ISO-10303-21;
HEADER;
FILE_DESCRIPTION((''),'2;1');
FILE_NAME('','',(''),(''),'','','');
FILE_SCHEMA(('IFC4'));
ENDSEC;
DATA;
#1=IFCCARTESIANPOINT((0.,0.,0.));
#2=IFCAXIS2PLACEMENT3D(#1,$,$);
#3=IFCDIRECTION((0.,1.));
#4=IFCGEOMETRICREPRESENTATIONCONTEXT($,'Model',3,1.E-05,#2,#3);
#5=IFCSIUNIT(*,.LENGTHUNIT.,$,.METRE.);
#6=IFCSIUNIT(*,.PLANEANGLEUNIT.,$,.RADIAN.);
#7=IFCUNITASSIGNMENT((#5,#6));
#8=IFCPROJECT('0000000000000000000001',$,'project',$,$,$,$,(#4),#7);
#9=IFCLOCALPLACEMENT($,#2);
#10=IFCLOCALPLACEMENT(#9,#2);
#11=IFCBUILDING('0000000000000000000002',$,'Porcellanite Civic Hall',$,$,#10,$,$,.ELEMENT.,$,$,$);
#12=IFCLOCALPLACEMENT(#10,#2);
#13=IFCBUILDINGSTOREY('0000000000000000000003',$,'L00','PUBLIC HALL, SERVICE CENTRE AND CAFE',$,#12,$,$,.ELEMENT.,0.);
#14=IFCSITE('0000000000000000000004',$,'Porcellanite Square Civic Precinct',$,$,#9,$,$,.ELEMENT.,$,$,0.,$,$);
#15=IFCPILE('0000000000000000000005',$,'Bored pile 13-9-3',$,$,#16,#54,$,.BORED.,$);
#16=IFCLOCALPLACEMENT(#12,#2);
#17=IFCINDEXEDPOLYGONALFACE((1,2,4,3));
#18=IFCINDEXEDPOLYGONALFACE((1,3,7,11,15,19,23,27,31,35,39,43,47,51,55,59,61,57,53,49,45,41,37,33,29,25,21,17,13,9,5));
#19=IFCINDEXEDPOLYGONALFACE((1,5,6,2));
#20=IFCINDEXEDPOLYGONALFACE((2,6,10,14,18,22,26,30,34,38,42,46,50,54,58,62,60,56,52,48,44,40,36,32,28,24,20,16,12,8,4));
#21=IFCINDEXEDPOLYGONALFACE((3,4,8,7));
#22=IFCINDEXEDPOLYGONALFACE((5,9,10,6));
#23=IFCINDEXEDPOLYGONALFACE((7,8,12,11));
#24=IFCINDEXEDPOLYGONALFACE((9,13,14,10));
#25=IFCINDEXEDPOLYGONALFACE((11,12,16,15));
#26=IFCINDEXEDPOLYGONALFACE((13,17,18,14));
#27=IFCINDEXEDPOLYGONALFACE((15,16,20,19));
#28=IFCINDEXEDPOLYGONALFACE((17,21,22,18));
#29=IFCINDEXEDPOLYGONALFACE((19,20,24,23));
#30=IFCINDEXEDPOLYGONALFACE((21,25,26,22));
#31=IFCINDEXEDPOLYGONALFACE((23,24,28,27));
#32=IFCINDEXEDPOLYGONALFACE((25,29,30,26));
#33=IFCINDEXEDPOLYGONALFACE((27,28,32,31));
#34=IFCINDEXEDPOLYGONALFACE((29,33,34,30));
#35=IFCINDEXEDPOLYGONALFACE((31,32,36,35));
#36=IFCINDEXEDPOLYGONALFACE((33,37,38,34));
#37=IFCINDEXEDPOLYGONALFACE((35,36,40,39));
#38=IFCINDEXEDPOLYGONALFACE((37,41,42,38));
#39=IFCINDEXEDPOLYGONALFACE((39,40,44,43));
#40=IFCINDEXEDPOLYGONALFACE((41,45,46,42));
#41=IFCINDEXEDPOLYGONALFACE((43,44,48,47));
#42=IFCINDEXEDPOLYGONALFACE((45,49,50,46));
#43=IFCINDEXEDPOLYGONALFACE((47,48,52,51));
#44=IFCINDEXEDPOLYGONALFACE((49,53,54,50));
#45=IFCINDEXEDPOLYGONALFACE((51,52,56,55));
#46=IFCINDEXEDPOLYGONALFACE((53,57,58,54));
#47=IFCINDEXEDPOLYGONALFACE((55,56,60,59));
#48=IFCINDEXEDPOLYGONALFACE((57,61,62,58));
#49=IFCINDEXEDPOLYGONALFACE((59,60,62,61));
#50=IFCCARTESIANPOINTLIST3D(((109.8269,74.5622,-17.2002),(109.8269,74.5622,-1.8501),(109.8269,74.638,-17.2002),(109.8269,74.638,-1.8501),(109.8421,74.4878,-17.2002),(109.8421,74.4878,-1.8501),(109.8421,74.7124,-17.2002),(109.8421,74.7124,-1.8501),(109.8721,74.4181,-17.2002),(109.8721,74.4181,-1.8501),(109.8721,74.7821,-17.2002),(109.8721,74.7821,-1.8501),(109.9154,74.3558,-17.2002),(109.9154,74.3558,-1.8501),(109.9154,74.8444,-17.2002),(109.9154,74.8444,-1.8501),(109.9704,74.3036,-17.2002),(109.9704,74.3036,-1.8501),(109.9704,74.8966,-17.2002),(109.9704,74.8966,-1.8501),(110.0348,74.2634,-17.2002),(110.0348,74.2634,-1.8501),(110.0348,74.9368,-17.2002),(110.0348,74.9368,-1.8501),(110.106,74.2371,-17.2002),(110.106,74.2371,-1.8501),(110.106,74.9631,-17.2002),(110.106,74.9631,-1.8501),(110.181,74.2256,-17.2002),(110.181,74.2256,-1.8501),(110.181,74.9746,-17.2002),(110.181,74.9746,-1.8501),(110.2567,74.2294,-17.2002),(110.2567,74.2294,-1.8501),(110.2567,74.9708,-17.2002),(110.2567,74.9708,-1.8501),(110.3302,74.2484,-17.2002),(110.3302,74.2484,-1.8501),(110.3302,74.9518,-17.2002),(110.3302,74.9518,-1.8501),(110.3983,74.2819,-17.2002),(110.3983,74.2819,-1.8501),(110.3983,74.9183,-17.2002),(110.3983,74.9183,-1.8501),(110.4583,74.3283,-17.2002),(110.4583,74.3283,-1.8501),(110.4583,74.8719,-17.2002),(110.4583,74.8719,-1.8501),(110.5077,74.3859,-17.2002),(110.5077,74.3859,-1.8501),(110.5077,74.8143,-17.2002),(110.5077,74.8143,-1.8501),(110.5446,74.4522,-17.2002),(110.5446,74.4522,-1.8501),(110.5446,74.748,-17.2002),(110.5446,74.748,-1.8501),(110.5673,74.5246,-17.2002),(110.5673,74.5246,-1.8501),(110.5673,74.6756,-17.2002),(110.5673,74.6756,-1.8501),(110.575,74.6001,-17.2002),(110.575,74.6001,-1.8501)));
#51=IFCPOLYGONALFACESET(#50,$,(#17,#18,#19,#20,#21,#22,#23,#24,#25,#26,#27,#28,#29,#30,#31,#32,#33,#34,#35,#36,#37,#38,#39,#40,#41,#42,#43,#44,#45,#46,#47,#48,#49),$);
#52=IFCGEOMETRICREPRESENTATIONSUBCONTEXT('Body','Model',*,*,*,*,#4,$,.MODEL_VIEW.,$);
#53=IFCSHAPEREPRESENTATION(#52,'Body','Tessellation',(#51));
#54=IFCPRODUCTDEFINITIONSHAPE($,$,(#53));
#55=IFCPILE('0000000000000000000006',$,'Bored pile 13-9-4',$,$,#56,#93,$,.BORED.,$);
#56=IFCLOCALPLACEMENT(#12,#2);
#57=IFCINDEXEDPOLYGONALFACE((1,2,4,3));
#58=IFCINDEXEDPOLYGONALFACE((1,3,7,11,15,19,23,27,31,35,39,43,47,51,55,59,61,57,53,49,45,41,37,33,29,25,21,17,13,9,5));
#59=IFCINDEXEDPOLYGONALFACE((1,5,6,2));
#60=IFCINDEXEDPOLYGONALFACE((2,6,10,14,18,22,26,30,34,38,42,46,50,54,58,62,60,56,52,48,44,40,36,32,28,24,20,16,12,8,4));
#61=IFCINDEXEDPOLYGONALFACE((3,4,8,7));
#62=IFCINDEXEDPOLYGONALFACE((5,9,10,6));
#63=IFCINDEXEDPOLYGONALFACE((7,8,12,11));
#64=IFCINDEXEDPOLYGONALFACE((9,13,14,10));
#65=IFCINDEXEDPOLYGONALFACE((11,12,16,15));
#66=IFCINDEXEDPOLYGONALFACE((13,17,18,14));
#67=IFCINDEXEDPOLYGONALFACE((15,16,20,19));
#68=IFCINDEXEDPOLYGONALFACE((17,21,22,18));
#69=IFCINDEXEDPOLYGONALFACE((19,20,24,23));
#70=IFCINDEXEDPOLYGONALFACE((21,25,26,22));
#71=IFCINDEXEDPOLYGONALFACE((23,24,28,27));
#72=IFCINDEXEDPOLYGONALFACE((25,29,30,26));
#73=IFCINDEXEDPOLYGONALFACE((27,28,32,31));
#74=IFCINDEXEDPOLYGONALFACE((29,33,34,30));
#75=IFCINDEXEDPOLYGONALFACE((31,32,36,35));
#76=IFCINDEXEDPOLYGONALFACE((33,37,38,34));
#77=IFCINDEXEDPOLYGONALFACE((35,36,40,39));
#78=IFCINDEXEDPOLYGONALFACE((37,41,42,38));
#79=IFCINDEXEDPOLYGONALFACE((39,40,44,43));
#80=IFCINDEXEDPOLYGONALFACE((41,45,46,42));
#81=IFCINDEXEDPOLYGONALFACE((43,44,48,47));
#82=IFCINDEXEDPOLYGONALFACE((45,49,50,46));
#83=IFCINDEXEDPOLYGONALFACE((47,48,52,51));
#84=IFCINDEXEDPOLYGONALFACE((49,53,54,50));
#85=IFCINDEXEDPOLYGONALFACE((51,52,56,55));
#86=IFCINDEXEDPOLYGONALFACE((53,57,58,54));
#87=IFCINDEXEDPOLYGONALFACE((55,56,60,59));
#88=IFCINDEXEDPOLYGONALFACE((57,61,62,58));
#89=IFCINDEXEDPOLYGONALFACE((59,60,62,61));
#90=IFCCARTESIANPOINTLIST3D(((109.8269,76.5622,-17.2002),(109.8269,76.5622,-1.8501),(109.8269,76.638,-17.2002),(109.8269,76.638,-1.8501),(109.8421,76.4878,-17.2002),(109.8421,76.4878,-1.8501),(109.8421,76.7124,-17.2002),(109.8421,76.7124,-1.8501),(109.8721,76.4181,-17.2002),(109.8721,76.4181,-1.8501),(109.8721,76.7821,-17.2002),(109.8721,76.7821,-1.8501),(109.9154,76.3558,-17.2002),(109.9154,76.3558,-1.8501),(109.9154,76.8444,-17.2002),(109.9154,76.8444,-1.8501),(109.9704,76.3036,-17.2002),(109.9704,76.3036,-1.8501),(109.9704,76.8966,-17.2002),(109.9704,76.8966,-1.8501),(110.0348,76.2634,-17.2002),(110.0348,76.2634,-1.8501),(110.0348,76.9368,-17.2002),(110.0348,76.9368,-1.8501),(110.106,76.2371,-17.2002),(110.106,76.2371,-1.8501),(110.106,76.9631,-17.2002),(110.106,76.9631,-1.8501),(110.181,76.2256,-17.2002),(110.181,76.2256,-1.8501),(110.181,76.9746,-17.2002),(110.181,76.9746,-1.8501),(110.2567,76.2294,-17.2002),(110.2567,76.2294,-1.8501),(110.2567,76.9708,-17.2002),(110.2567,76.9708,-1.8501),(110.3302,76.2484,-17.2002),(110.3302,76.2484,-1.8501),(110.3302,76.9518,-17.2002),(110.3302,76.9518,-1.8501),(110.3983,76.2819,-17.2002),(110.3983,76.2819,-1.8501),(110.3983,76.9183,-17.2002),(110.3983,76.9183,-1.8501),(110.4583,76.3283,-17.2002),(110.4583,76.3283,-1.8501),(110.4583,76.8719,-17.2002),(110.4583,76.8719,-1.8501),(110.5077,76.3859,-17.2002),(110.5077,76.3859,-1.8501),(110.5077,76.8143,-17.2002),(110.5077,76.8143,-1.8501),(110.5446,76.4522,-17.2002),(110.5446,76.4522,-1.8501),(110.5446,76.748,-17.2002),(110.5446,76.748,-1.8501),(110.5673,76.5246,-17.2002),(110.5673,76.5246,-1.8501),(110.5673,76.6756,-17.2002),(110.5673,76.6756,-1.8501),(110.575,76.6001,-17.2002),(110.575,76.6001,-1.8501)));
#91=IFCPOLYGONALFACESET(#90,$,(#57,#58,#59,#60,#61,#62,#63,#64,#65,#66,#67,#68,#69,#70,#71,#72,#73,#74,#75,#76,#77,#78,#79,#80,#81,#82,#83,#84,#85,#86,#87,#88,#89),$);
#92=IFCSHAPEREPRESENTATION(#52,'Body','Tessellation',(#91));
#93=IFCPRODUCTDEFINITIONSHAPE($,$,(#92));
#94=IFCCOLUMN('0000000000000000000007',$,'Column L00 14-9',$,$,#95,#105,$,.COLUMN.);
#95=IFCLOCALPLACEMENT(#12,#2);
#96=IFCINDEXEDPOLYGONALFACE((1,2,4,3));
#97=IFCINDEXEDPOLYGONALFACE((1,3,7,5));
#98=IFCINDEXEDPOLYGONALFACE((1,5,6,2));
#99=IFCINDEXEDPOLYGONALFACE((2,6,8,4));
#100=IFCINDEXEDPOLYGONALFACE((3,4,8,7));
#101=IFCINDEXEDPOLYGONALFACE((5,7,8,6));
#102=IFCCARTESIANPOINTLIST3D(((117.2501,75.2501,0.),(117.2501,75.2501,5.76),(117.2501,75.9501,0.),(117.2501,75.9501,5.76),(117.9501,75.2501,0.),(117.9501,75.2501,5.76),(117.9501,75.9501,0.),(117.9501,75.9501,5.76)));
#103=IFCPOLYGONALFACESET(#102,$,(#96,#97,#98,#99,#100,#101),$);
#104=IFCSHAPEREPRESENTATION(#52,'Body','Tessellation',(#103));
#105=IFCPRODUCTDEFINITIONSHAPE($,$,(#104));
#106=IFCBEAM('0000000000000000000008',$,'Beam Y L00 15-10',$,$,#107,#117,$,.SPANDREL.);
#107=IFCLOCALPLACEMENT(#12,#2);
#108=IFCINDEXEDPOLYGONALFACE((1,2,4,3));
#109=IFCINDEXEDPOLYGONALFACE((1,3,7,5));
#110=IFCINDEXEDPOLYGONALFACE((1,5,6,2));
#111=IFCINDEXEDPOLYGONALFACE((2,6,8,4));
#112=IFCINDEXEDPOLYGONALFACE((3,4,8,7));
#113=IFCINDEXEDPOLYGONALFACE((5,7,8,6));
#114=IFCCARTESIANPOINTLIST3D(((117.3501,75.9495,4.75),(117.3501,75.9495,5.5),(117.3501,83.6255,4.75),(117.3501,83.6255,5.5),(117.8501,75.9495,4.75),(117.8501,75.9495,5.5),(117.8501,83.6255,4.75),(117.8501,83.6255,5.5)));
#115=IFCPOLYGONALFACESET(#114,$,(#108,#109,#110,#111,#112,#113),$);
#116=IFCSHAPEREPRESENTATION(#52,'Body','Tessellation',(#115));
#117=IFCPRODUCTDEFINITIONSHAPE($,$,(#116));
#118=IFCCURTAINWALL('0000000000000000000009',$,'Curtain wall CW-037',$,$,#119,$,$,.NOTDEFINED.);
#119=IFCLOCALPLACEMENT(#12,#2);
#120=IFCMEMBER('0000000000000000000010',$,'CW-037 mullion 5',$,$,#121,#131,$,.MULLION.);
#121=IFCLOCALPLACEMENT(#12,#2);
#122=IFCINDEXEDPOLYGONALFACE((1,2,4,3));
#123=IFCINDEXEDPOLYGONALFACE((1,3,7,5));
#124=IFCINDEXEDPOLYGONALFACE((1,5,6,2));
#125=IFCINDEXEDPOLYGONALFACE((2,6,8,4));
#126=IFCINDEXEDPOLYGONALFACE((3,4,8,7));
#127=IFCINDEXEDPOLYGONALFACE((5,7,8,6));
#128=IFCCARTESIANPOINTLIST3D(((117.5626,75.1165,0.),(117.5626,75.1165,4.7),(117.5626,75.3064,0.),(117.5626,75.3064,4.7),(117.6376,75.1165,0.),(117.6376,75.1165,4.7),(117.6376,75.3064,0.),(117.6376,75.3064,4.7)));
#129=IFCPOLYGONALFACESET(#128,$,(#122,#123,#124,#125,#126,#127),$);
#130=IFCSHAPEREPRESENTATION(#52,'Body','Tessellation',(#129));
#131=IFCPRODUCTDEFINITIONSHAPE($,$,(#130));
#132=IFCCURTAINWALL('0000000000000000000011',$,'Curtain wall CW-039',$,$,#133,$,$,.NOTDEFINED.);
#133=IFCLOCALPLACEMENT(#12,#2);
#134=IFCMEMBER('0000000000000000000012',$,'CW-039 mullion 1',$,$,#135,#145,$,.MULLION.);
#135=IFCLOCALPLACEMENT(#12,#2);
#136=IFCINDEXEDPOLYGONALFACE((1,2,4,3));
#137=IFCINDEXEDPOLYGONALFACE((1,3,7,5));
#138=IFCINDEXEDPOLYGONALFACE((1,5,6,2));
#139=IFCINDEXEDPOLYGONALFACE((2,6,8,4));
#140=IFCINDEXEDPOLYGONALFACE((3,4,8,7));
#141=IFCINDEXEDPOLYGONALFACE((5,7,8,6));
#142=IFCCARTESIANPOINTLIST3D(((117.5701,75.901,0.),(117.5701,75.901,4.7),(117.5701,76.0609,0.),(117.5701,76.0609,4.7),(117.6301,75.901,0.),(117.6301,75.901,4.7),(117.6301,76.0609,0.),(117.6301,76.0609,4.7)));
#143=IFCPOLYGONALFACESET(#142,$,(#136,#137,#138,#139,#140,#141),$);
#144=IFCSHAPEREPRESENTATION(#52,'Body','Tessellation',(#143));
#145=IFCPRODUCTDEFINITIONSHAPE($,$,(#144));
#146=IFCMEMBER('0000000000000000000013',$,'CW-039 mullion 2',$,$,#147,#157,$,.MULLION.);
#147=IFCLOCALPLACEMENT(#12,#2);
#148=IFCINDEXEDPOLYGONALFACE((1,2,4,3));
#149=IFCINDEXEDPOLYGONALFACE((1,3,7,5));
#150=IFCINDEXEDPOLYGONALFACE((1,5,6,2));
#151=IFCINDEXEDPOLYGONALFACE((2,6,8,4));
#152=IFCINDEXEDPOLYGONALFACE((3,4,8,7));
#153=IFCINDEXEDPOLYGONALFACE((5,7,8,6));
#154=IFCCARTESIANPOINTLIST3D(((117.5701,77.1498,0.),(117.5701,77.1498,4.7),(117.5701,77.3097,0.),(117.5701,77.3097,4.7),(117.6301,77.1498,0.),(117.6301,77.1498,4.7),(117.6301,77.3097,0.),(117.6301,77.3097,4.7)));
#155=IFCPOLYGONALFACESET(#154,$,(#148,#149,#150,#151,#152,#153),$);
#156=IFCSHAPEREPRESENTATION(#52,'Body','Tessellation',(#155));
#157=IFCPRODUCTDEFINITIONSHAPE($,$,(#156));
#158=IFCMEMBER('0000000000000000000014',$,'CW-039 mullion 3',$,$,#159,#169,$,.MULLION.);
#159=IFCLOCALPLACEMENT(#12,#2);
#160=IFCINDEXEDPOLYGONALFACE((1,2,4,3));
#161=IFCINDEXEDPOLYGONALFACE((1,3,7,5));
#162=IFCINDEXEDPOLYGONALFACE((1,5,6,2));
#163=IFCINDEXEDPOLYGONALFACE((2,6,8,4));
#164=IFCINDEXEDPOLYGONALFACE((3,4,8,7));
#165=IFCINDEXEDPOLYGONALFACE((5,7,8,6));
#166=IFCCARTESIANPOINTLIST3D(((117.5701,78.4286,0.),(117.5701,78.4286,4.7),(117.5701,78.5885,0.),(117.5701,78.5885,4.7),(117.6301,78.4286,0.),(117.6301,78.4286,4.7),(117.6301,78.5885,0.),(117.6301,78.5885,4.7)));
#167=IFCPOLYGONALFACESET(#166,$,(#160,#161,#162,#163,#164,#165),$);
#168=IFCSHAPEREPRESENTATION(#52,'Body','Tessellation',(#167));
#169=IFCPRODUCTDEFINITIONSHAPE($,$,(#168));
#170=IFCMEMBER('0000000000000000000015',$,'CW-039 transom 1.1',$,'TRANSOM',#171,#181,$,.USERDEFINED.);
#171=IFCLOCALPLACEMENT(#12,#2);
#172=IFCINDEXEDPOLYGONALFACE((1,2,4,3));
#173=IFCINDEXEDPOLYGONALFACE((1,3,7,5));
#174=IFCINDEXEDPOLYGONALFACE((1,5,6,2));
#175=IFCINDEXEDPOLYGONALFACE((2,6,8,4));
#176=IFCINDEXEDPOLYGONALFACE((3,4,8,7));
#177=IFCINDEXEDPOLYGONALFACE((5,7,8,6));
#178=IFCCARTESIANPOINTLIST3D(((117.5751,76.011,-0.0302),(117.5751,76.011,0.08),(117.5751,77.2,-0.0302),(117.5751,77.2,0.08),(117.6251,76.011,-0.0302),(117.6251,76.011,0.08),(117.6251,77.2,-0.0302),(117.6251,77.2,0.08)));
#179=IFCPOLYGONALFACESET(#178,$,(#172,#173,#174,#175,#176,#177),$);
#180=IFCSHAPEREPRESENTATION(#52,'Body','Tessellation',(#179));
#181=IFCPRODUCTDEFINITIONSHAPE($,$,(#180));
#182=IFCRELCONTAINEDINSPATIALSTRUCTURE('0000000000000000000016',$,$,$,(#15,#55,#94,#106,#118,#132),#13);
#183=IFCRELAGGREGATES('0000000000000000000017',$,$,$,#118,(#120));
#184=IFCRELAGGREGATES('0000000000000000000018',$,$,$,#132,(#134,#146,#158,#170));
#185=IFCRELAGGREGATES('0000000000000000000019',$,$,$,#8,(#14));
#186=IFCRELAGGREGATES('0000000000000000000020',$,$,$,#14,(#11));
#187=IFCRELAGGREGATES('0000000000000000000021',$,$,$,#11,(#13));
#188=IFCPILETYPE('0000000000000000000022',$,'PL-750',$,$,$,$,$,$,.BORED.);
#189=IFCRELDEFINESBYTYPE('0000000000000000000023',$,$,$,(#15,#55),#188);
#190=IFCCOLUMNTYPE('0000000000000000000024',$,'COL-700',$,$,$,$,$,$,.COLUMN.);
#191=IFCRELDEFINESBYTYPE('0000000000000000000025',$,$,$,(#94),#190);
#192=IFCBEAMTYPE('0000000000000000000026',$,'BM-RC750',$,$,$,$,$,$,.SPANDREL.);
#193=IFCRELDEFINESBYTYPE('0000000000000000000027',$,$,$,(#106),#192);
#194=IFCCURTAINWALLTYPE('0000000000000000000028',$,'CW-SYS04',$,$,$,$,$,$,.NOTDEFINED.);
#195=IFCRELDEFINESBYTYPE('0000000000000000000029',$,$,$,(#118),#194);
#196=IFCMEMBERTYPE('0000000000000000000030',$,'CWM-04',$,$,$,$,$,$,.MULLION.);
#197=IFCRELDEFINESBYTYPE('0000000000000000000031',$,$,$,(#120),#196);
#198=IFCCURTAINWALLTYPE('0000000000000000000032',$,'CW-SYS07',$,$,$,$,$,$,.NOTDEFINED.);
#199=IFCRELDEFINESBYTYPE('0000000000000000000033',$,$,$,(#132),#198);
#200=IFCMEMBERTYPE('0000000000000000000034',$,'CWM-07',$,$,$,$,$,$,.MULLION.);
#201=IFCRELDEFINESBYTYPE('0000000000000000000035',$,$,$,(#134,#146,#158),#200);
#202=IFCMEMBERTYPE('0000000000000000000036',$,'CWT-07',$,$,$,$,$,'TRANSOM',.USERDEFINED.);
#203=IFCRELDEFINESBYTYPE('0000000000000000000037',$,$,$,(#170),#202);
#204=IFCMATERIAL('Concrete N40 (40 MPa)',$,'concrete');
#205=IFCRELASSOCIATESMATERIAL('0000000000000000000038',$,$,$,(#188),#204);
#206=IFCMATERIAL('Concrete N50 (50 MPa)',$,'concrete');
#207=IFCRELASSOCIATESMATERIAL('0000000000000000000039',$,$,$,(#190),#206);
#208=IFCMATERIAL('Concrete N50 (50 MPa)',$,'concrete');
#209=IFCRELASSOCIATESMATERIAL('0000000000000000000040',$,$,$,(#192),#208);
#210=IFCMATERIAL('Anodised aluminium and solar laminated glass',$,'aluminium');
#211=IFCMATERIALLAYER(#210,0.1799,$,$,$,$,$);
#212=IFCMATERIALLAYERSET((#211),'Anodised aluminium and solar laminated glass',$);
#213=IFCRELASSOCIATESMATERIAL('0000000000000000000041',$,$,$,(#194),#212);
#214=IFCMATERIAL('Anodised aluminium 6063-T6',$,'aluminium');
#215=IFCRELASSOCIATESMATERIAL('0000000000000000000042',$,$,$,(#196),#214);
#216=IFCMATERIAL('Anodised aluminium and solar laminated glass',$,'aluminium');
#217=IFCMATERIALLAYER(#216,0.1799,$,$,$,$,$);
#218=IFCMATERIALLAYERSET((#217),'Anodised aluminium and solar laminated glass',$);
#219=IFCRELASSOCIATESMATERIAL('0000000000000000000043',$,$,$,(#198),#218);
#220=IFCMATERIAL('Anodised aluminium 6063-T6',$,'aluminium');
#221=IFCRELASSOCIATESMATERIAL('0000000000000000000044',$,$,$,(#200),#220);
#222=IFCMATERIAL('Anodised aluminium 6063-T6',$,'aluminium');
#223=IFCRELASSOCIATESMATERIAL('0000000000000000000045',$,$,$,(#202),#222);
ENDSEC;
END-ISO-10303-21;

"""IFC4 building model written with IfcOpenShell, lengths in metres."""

from ifc_helpers import new_model, si_unit, direction, frame, origin, origin_2d, place, context, subcontext, project, spatial, rectangle, circle, extrude, material, layer, layer_set, material_profile, profile_set, type_object, element, aggregate, save


model = new_model("IFC4")

# Units and contexts
model_context = context("Model", 3, precision=1e-05, world=origin(), true_north=direction((0.0, 1.0)))
body_context = subcontext(model_context, "Body", "Model", "MODEL_VIEW")
ifc_project = project(units=[si_unit("LENGTHUNIT", "METRE"), si_unit("PLANEANGLEUNIT", "RADIAN")], contexts=[model_context])

# Site, building, storey
site_placement = place(None, origin())
site = spatial("IfcSite", under=ifc_project, at=site_placement, Name="Porcellanite Square Civic Precinct", CompositionType="ELEMENT", RefElevation=0.0)
building_placement = place(site_placement, origin())
building = spatial("IfcBuilding", under=site, at=building_placement, Name="Porcellanite Civic Hall", CompositionType="ELEMENT")
storey_placement = place(building_placement, origin())
storey = spatial("IfcBuildingStorey", under=building, at=storey_placement, Name="L00", Description="PUBLIC HALL, SERVICE CENTRE AND CAFE", CompositionType="ELEMENT", Elevation=0.0)

# Piles
ifc_material_1 = material(Name="Concrete N40 (40 MPa)", Category="concrete")
ifc_material_profile_1 = material_profile(ifc_material_1, circle(Radius=0.375, at=origin_2d()), Name="PILE-D750")
ifc_profile_set_1 = profile_set([ifc_material_profile_1], Name="Concrete N40 (40 MPa)")
pile_type = type_object("IfcPileType", Name="PL-750", PredefinedType="BORED", material=ifc_profile_set_1)
for number, where, z_axis, x_axis, name in (
    (1, (110.2, 74.6001, -1.8501), (0.0, 0.0, -1.0), (1.0, 0.0, 0.0), "Bored pile 13-9-3"),
    (2, (110.2, 76.6001, -1.8501), (0.0, 0.0, -1.0), (1.0, 0.0, 0.0), "Bored pile 13-9-4"),
):
    element("IfcPile", number, at=place(storey_placement, frame(where, z_axis=z_axis, x_axis=x_axis)), inside=storey, type_object=pile_type, Name=name, PredefinedType="BORED", context=body_context, shape_type="SweptSolid", body=[
        extrude(circle(Radius=0.375, at=origin_2d()), origin(), (0.0, 0.0, 1.0), 15.3501),
    ])

# Column
ifc_material_2 = material(Name="Concrete N50 (50 MPa)", Category="concrete")
ifc_material_profile_2 = material_profile(ifc_material_2, rectangle(XDim=0.7, YDim=0.7, at=origin_2d()), Name="RC-700x700")
ifc_profile_set_2 = profile_set([ifc_material_profile_2], Name="Concrete N50 (50 MPa)")
column_type = type_object("IfcColumnType", Name="COL-700", PredefinedType="COLUMN", material=ifc_profile_set_2)
column_placement = place(storey_placement, frame((117.6001, 75.6001, 0.0), z_axis=(0.0, 0.0, 1.0), x_axis=(1.0, 0.0, 0.0)))
element("IfcColumn", 3, at=column_placement, inside=storey, type_object=column_type, Name="Column L00 14-9", PredefinedType="COLUMN", context=body_context, shape_type="SweptSolid", body=[
    extrude(rectangle(XDim=0.7, YDim=0.7, at=origin_2d()), origin(), (0.0, 0.0, 1.0), 5.76),
])

# Beam
ifc_material_3 = material(Name="Concrete N50 (50 MPa)", Category="concrete")
ifc_material_profile_3 = material_profile(ifc_material_3, rectangle(XDim=0.5, YDim=0.75, at=origin_2d()), Name="RC-500x750")
ifc_profile_set_3 = profile_set([ifc_material_profile_3], Name="Concrete N50 (50 MPa)")
beam_type = type_object("IfcBeamType", Name="BM-RC750", PredefinedType="SPANDREL", material=ifc_profile_set_3)
beam_placement = place(storey_placement, frame((117.6001, 75.9495, 5.125), z_axis=(0.0, 1.0, 0.0), x_axis=(-1.0, 0.0, 0.0)))
element("IfcBeam", 4, at=beam_placement, inside=storey, type_object=beam_type, Name="Beam Y L00 15-10", PredefinedType="SPANDREL", context=body_context, shape_type="SweptSolid", body=[
    extrude(rectangle(XDim=0.5, YDim=0.75, at=origin_2d()), origin(), (0.0, 0.0, 1.0), 7.676),
])

# Curtain wall, member
ifc_material_4 = material(Name="Anodised aluminium and solar laminated glass", Category="aluminium")
ifc_layer_1 = layer(ifc_material_4, 0.1799)
ifc_layer_set_1 = layer_set([ifc_layer_1], Name="Anodised aluminium and solar laminated glass")
curtain_wall_type_1 = type_object("IfcCurtainWallType", Name="CW-SYS04", PredefinedType="NOTDEFINED", material=ifc_layer_set_1)
curtain_wall_1_placement = place(storey_placement, origin())
curtain_wall_1 = element("IfcCurtainWall", 5, at=curtain_wall_1_placement, inside=storey, type_object=curtain_wall_type_1, Name="Curtain wall CW-037", PredefinedType="NOTDEFINED")
ifc_material_5 = material(Name="Anodised aluminium 6063-T6", Category="aluminium")
ifc_material_profile_4 = material_profile(ifc_material_5, rectangle(XDim=0.075, YDim=0.1899, at=origin_2d()), Name="AL-75x190")
ifc_profile_set_4 = profile_set([ifc_material_profile_4], Name="Anodised aluminium 6063-T6")
member_type_1 = type_object("IfcMemberType", Name="CWM-04", PredefinedType="MULLION", material=ifc_profile_set_4)
member_1_placement = place(storey_placement, frame((117.6001, 75.2114, 0.0), z_axis=(0.0, 0.0, 1.0), x_axis=(-1.0, 0.0, 0.0)))
member_1 = element("IfcMember", 6, at=member_1_placement, type_object=member_type_1, Name="CW-037 mullion 5", PredefinedType="MULLION", context=body_context, shape_type="SweptSolid", body=[
    extrude(rectangle(XDim=0.075, YDim=0.1899, at=origin_2d()), origin(), (0.0, 0.0, 1.0), 4.7),
])

# Curtain wall, members
ifc_material_6 = material(Name="Anodised aluminium and solar laminated glass", Category="aluminium")
ifc_layer_2 = layer(ifc_material_6, 0.1799)
ifc_layer_set_2 = layer_set([ifc_layer_2], Name="Anodised aluminium and solar laminated glass")
curtain_wall_type_2 = type_object("IfcCurtainWallType", Name="CW-SYS07", PredefinedType="NOTDEFINED", material=ifc_layer_set_2)
curtain_wall_2_placement = place(storey_placement, origin())
curtain_wall_2 = element("IfcCurtainWall", 7, at=curtain_wall_2_placement, inside=storey, type_object=curtain_wall_type_2, Name="Curtain wall CW-039", PredefinedType="NOTDEFINED")
ifc_material_7 = material(Name="Anodised aluminium 6063-T6", Category="aluminium")
ifc_material_profile_5 = material_profile(ifc_material_7, rectangle(XDim=0.0601, YDim=0.1599, at=origin_2d()), Name="AL-60x160")
ifc_profile_set_5 = profile_set([ifc_material_profile_5], Name="Anodised aluminium 6063-T6")
member_type_2 = type_object("IfcMemberType", Name="CWM-07", PredefinedType="MULLION", material=ifc_profile_set_5)
member_2_placement = place(storey_placement, frame((117.6001, 75.981, 0.0), z_axis=(0.0, 0.0, 1.0), x_axis=(-1.0, 0.0, 0.0)))
member_2 = element("IfcMember", 8, at=member_2_placement, type_object=member_type_2, Name="CW-039 mullion 1", PredefinedType="MULLION", context=body_context, shape_type="SweptSolid", body=[
    extrude(rectangle(XDim=0.0601, YDim=0.1599, at=origin_2d()), origin(), (0.0, 0.0, 1.0), 4.7),
])
member_3_placement = place(storey_placement, frame((117.6001, 77.2297, 0.0), z_axis=(0.0, 0.0, 1.0), x_axis=(-1.0, 0.0, 0.0)))
member_3 = element("IfcMember", 9, at=member_3_placement, type_object=member_type_2, Name="CW-039 mullion 2", PredefinedType="MULLION", context=body_context, shape_type="SweptSolid", body=[
    extrude(rectangle(XDim=0.0601, YDim=0.1599, at=origin_2d()), origin(), (0.0, 0.0, 1.0), 4.7),
])
member_4_placement = place(storey_placement, frame((117.6001, 78.5085, 0.0), z_axis=(0.0, 0.0, 1.0), x_axis=(-1.0, 0.0, 0.0)))
member_4 = element("IfcMember", 10, at=member_4_placement, type_object=member_type_2, Name="CW-039 mullion 3", PredefinedType="MULLION", context=body_context, shape_type="SweptSolid", body=[
    extrude(rectangle(XDim=0.0601, YDim=0.1599, at=origin_2d()), origin(), (0.0, 0.0, 1.0), 4.7),
])
ifc_material_8 = material(Name="Anodised aluminium 6063-T6", Category="aluminium")
ifc_material_profile_6 = material_profile(ifc_material_8, rectangle(XDim=0.05, YDim=0.1101, at=origin_2d()), Name="AL-50x110")
ifc_profile_set_6 = profile_set([ifc_material_profile_6], Name="Anodised aluminium 6063-T6")
member_type_3 = type_object("IfcMemberType", Name="CWT-07", ElementType="TRANSOM", PredefinedType="USERDEFINED", material=ifc_profile_set_6)
member_5_placement = place(storey_placement, frame((117.6001, 76.011, 0.0249), z_axis=(0.0, 1.0, 0.0), x_axis=(-1.0, 0.0, 0.0)))
member_5 = element("IfcMember", 11, at=member_5_placement, type_object=member_type_3, Name="CW-039 transom 1.1", ObjectType="TRANSOM", PredefinedType="USERDEFINED", context=body_context, shape_type="SweptSolid", body=[
    extrude(rectangle(XDim=0.05, YDim=0.1101, at=origin_2d()), origin(), (0.0, 0.0, 1.0), 1.189),
])

aggregate(curtain_wall_1, [member_1])
aggregate(curtain_wall_2, [member_2, member_3, member_4, member_5])

save(model, "model.ifc")
